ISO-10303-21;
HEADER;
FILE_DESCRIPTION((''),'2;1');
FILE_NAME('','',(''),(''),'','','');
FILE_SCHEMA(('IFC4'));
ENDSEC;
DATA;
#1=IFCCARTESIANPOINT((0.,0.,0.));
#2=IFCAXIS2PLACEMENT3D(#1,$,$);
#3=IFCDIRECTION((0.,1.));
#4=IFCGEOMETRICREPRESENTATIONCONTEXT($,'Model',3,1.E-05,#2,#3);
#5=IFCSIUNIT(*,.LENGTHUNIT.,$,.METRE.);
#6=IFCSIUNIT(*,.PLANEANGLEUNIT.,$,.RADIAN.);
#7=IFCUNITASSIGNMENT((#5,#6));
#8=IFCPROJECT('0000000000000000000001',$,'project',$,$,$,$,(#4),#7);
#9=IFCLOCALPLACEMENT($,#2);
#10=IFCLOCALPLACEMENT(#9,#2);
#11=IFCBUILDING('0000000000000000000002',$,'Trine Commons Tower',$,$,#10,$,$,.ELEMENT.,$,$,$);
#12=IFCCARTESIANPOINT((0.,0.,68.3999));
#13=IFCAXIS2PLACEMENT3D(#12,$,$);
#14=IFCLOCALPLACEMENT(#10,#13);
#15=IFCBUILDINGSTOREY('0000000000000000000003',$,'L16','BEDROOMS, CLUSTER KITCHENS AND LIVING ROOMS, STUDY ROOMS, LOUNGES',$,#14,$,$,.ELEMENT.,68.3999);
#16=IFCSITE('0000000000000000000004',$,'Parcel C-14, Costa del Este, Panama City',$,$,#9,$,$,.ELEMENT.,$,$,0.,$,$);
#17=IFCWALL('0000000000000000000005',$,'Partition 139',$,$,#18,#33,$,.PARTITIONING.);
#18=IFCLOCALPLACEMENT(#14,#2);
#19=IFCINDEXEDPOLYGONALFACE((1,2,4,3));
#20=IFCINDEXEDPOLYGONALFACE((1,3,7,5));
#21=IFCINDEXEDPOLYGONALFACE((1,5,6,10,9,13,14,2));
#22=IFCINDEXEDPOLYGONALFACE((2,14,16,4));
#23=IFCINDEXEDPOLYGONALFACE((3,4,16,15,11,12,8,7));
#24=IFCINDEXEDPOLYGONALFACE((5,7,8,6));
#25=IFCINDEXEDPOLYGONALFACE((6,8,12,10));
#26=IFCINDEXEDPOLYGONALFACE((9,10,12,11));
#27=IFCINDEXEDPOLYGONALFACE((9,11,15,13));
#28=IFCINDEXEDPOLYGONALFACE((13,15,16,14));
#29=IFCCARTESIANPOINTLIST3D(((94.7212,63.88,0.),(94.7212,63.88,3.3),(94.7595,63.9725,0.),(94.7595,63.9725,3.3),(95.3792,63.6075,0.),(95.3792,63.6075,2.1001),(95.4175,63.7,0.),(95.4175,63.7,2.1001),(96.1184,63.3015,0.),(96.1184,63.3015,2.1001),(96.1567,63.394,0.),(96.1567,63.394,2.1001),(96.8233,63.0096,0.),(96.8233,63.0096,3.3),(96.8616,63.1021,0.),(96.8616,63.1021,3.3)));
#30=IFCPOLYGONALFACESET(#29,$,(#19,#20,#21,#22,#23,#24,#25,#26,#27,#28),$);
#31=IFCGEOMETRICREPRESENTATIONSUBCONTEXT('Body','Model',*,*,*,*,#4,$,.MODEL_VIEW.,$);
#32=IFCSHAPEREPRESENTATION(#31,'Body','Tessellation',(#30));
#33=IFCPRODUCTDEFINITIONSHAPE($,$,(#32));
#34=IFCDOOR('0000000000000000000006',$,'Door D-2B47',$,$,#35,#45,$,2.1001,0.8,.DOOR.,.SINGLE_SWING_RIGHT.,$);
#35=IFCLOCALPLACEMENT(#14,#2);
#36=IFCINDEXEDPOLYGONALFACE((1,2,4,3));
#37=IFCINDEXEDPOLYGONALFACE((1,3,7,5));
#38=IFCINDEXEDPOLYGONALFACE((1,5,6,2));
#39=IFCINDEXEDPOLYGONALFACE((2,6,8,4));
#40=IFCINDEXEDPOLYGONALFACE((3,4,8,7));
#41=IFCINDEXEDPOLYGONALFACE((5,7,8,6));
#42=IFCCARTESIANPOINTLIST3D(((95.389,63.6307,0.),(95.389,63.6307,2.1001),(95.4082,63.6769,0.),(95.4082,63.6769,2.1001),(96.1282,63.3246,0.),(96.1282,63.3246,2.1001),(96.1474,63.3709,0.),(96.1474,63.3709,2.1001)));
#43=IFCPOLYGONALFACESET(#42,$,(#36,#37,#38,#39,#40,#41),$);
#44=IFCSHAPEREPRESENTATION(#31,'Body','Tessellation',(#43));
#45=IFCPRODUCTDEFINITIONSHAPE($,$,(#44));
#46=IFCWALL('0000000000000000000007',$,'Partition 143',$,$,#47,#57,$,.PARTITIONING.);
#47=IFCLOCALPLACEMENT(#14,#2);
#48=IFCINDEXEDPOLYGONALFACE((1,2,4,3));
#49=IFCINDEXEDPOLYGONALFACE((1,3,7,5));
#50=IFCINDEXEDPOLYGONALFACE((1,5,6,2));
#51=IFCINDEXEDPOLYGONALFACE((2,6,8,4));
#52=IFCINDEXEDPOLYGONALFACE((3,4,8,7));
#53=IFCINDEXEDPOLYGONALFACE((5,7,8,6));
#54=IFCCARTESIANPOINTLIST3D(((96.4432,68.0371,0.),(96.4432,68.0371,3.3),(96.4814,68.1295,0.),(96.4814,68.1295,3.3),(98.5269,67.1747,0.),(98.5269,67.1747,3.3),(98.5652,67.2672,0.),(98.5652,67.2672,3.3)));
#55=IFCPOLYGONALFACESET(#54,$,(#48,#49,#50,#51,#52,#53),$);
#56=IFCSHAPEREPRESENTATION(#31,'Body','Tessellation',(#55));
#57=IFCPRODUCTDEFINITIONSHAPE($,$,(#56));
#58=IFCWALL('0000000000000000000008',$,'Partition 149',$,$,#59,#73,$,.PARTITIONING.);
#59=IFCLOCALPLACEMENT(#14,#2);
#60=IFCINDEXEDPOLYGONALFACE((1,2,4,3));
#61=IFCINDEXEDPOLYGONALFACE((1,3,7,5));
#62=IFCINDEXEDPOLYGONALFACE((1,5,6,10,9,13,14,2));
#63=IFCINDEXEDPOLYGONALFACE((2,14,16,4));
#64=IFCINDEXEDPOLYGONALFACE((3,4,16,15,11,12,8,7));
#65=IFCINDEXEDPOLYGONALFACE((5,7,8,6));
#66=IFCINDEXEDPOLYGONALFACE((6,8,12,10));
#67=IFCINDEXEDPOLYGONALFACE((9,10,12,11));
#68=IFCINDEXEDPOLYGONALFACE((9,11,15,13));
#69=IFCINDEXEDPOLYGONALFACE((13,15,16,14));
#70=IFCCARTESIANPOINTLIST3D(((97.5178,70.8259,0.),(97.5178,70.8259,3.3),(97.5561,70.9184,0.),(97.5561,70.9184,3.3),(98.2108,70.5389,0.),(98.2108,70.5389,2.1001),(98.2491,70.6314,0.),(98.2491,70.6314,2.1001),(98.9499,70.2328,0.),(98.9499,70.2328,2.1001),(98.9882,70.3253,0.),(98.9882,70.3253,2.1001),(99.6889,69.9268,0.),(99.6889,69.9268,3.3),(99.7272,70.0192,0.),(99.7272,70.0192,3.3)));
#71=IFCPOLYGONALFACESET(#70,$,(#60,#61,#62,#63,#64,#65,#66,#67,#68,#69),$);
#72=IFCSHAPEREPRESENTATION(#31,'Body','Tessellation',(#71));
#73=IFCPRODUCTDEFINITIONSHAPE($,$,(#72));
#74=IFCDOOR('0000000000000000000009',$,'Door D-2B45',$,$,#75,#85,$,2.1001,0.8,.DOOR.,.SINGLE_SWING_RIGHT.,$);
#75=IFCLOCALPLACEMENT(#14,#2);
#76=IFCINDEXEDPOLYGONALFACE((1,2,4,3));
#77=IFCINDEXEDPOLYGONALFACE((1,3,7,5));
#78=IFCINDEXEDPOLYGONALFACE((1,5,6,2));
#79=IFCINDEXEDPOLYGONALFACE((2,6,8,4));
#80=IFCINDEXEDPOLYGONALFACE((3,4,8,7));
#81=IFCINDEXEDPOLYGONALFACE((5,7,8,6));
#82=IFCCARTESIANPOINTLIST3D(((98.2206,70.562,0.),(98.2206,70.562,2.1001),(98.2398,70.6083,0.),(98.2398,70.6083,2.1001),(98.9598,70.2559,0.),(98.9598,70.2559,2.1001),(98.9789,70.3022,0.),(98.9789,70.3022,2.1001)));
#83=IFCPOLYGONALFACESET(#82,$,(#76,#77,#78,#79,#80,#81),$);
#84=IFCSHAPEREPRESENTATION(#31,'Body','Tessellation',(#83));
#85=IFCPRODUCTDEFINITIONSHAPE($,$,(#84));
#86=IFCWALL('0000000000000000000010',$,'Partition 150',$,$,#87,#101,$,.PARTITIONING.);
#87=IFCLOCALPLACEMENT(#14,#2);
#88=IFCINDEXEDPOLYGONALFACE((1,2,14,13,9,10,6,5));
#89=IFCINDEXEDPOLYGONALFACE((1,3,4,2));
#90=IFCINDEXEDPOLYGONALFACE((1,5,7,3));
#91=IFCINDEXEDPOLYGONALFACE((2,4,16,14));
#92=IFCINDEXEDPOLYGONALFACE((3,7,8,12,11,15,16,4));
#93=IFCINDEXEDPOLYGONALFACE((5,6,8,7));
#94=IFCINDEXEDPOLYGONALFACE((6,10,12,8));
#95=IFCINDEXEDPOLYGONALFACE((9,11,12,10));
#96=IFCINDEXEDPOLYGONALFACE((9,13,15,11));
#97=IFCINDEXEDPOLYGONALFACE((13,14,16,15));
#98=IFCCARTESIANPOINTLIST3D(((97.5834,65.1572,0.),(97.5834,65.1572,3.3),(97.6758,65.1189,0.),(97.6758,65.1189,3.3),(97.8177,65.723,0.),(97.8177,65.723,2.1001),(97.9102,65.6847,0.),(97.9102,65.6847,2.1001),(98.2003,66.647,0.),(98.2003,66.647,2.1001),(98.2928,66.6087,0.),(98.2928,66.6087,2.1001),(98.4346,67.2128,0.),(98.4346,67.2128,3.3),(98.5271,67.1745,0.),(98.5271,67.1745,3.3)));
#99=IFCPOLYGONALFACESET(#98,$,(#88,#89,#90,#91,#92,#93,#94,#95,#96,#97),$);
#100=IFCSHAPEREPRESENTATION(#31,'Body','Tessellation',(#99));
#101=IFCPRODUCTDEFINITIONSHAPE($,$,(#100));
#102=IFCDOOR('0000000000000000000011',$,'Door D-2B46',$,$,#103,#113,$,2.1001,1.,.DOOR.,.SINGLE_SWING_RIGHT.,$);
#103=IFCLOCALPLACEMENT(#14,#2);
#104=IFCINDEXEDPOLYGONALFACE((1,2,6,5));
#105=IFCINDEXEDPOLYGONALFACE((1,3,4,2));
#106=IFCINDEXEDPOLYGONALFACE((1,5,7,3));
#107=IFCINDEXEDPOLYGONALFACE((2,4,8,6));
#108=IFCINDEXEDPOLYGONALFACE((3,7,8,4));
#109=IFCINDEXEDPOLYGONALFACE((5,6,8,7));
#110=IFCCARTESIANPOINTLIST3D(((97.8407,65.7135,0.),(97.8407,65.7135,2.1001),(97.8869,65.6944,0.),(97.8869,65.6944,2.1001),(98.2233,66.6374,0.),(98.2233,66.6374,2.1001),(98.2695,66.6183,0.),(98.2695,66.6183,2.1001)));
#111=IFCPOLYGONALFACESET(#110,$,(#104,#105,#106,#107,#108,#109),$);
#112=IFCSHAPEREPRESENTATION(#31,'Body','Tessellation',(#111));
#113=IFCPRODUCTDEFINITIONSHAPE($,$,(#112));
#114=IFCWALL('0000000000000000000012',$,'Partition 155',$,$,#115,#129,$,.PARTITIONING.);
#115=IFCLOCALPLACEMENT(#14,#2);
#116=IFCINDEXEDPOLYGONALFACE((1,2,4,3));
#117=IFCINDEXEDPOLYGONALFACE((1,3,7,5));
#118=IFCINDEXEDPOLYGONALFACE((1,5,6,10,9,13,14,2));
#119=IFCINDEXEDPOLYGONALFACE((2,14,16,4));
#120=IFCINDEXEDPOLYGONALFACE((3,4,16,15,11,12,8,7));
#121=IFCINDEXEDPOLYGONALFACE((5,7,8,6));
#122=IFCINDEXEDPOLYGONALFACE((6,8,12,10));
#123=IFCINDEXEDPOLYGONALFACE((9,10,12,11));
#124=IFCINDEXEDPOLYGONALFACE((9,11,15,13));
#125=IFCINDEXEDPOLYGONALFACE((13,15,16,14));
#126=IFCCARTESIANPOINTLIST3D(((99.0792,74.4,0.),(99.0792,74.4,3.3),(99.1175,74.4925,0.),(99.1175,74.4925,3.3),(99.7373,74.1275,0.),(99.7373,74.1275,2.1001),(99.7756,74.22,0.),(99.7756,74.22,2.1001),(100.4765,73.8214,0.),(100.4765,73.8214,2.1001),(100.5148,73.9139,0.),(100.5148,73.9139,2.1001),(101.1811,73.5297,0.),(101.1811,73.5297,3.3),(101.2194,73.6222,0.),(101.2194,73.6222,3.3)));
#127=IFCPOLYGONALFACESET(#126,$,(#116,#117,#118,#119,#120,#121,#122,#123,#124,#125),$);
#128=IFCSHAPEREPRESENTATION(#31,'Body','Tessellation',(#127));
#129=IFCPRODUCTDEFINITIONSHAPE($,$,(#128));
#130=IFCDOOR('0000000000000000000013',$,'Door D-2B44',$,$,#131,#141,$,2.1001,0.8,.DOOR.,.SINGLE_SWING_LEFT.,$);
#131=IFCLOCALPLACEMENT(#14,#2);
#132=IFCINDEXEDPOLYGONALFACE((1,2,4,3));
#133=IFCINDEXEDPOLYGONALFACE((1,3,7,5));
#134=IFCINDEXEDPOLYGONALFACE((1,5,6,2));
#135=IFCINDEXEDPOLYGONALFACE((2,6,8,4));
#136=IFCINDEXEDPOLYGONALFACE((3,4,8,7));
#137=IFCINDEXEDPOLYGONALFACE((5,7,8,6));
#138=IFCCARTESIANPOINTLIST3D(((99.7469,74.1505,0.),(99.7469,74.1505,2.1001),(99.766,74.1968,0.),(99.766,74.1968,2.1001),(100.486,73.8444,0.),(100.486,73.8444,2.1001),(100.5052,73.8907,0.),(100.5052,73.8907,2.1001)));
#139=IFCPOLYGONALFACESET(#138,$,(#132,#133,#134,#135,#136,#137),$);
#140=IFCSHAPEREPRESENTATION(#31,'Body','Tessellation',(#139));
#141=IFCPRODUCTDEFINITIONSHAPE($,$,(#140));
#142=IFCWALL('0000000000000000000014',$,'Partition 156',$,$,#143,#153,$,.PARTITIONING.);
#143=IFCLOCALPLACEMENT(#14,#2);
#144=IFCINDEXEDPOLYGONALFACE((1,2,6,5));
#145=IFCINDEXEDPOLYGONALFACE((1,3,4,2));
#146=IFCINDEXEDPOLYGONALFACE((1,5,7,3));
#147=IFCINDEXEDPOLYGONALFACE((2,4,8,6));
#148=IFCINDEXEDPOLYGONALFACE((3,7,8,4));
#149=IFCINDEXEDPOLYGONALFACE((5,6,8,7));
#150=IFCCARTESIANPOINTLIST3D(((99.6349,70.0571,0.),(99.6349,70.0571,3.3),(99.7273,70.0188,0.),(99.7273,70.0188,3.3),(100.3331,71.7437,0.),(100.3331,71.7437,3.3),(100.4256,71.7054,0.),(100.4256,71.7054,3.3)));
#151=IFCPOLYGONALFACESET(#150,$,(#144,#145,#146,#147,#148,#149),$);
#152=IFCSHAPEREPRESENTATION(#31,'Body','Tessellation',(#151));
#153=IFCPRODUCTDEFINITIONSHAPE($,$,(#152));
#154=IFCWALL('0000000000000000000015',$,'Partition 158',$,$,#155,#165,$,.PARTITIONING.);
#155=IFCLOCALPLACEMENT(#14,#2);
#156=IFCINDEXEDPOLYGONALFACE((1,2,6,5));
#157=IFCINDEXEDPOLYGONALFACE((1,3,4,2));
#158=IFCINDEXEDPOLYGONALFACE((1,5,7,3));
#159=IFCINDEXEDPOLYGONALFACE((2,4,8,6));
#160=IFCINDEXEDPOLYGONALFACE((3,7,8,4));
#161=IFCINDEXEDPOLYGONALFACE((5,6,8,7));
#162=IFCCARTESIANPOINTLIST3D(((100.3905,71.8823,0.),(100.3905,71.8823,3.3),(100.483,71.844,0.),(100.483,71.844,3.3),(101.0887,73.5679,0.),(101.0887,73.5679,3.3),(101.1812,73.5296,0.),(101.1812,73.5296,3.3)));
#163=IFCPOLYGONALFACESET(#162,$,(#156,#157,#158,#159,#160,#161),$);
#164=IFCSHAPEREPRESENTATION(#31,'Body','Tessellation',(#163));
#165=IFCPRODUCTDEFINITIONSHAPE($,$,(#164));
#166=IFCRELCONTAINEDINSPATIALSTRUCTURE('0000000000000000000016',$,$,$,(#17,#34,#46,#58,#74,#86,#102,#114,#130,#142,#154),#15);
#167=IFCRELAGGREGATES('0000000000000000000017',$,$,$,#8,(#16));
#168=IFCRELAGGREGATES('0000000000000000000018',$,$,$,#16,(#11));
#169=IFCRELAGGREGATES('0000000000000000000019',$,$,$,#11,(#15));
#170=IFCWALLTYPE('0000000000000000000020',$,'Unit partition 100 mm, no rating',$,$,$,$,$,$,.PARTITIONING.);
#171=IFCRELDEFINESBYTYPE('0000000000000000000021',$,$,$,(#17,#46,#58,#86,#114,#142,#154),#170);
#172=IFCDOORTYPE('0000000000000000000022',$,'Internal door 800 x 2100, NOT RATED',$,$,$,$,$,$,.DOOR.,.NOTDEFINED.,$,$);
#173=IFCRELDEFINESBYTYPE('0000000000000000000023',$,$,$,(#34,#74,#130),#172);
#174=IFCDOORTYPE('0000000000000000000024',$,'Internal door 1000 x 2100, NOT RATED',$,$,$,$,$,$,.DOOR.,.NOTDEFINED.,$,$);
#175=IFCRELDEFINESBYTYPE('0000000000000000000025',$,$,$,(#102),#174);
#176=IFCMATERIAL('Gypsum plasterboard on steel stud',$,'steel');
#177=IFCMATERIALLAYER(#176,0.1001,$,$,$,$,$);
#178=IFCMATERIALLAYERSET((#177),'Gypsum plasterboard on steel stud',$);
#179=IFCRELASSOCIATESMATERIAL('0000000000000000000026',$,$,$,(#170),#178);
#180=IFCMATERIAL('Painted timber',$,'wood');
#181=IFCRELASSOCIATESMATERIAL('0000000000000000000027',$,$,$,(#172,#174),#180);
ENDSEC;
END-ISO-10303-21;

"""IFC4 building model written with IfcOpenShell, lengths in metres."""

from ifc_helpers import new_model, si_unit, direction, frame, frame_2d, origin, place, context, subcontext, project, spatial, rectangle, extrude, material, layer, layer_set, type_object, element, fill, save


model = new_model("IFC4")

# Units and contexts
model_context = context("Model", 3, precision=1e-05, world=origin(), true_north=direction((0.0, 1.0)))
body_context = subcontext(model_context, "Body", "Model", "MODEL_VIEW")
ifc_project = project(units=[si_unit("LENGTHUNIT", "METRE"), si_unit("PLANEANGLEUNIT", "RADIAN")], contexts=[model_context])

# Site, building, storey
site_placement = place(None, origin())
site = spatial("IfcSite", under=ifc_project, at=site_placement, Name="Parcel C-14, Costa del Este, Panama City", CompositionType="ELEMENT", RefElevation=0.0)
building_placement = place(site_placement, origin())
building = spatial("IfcBuilding", under=site, at=building_placement, Name="Trine Commons Tower", CompositionType="ELEMENT")
storey_placement = place(building_placement, frame((0.0, 0.0, 68.3999)))
storey = spatial("IfcBuildingStorey", under=building, at=storey_placement, Name="L16", Description="BEDROOMS, CLUSTER KITCHENS AND LIVING ROOMS, STUDY ROOMS, LOUNGES", CompositionType="ELEMENT", Elevation=68.3999)

# Shared definitions
ifc_material_1 = material(Name="Gypsum plasterboard on steel stud", Category="steel")

# Wall, opening, door
ifc_layer_1 = layer(ifc_material_1, 0.1001)
ifc_layer_set_1 = layer_set([ifc_layer_1], Name="Gypsum plasterboard on steel stud")
wall_type_1 = type_object("IfcWallType", Name="Unit partition 100 mm, no rating", PredefinedType="PARTITIONING", material=ifc_layer_set_1)
wall_1_placement = place(storey_placement, frame((94.7402, 63.9263, 0.0), z_axis=(0.0, 0.0, 1.0), x_axis=(0.923932, -0.382557, 0.0)))
wall_1 = element("IfcWall", 1, at=wall_1_placement, inside=storey, type_object=wall_type_1, Name="Partition 139", PredefinedType="PARTITIONING", context=body_context, shape_type="SweptSolid", body=[
    extrude(rectangle(XDim=2.2751, YDim=0.1001, at=frame_2d((1.1377, 0.0))), origin(), (0.0, 0.0, 1.0), 3.3),
])
opening_1_placement = place(wall_1_placement, frame((0.7124, 0.0, 0.0)))
opening_1 = element("IfcOpeningElement", 2, at=opening_1_placement, cuts=wall_1, PredefinedType="OPENING", context=body_context, shape_type="SweptSolid", body=[
    extrude(rectangle(XDim=0.8, YDim=2.1001, at=frame_2d((0.3999, 1.05))), frame((0.0, 0.0601, 0.0), z_axis=(0.0, -1.0, 0.0), x_axis=(1.0, 0.0, 0.0)), (0.0, 0.0, 1.0), 0.1201),
])
ifc_material_2 = material(Name="Painted timber", Category="wood")
door_type_1 = type_object("IfcDoorType", Name="Internal door 800 x 2100, NOT RATED", OperationType="NOTDEFINED", PredefinedType="DOOR", material=ifc_material_2)
door_1_placement = place(opening_1_placement, frame((0.8, 0.0, 0.0), z_axis=(0.0, 0.0, 1.0), x_axis=(-1.0, 0.0, 0.0)))
door_1 = element("IfcDoor", 3, at=door_1_placement, inside=storey, type_object=door_type_1, Name="Door D-2B47", OperationType="SINGLE_SWING_RIGHT", OverallHeight=2.1001, OverallWidth=0.8, PredefinedType="DOOR", context=body_context, shape_type="SweptSolid", body=[
    extrude(rectangle(XDim=0.8, YDim=2.1001, at=frame_2d((0.3999, 1.05))), frame((0.0, 0.0249, 0.0), z_axis=(0.0, -1.0, 0.0), x_axis=(1.0, 0.0, 0.0)), (0.0, 0.0, 1.0), 0.05),
])
fill(opening_1, door_1)

# Wall
wall_2_placement = place(storey_placement, frame((96.4624, 68.0833, 0.0), z_axis=(0.0, 0.0, 1.0), x_axis=(0.924006, -0.382377, 0.0)))
element("IfcWall", 4, at=wall_2_placement, inside=storey, type_object=wall_type_1, Name="Partition 143", PredefinedType="PARTITIONING", context=body_context, shape_type="SweptSolid", body=[
    extrude(rectangle(XDim=2.2551, YDim=0.1001, at=frame_2d((1.1274, 0.0))), origin(), (0.0, 0.0, 1.0), 3.3),
])

# Walls, openings, doors
wall_3_placement = place(storey_placement, frame((97.5371, 70.8721, 0.0), z_axis=(0.0, 0.0, 1.0), x_axis=(0.923902, -0.38263, 0.0)))
wall_3 = element("IfcWall", 5, at=wall_3_placement, inside=storey, type_object=wall_type_1, Name="Partition 149", PredefinedType="PARTITIONING", context=body_context, shape_type="SweptSolid", body=[
    extrude(rectangle(XDim=2.3499, YDim=0.1001, at=frame_2d((1.1748, 0.0))), origin(), (0.0, 0.0, 1.0), 3.3),
])
opening_2_placement = place(wall_3_placement, frame((0.75, 0.0, 0.0)))
opening_2 = element("IfcOpeningElement", 6, at=opening_2_placement, cuts=wall_3, PredefinedType="OPENING", context=body_context, shape_type="SweptSolid", body=[
    extrude(rectangle(XDim=0.8, YDim=2.1001, at=frame_2d((0.3999, 1.05))), frame((0.0, 0.0601, 0.0), z_axis=(0.0, -1.0, 0.0), x_axis=(1.0, 0.0, 0.0)), (0.0, 0.0, 1.0), 0.1201),
])
door_2_placement = place(opening_2_placement, frame((0.8, 0.0, 0.0), z_axis=(0.0, 0.0, 1.0), x_axis=(-1.0, 0.0, 0.0)))
door_2 = element("IfcDoor", 7, at=door_2_placement, inside=storey, type_object=door_type_1, Name="Door D-2B45", OperationType="SINGLE_SWING_RIGHT", OverallHeight=2.1001, OverallWidth=0.8, PredefinedType="DOOR", context=body_context, shape_type="SweptSolid", body=[
    extrude(rectangle(XDim=0.8, YDim=2.1001, at=frame_2d((0.3999, 1.05))), frame((0.0, 0.0249, 0.0), z_axis=(0.0, -1.0, 0.0), x_axis=(1.0, 0.0, 0.0)), (0.0, 0.0, 1.0), 0.05),
])
fill(opening_2, door_2)
wall_4_placement = place(storey_placement, frame((97.6296, 65.1382, 0.0), z_axis=(0.0, 0.0, 1.0), x_axis=(0.38262, 0.923906, 0.0)))
wall_4 = element("IfcWall", 8, at=wall_4_placement, inside=storey, type_object=wall_type_1, Name="Partition 150", PredefinedType="PARTITIONING", context=body_context, shape_type="SweptSolid", body=[
    extrude(rectangle(XDim=2.2249, YDim=0.1001, at=frame_2d((1.1123, 0.0))), origin(), (0.0, 0.0, 1.0), 3.3),
])
opening_3_placement = place(wall_4_placement, frame((0.6123, 0.0, 0.0)))
opening_3 = element("IfcOpeningElement", 9, at=opening_3_placement, cuts=wall_4, PredefinedType="OPENING", context=body_context, shape_type="SweptSolid", body=[
    extrude(rectangle(XDim=1.0, YDim=2.1001, at=frame_2d((0.5, 1.05))), frame((0.0, 0.0601, 0.0), z_axis=(0.0, -1.0, 0.0), x_axis=(1.0, 0.0, 0.0)), (0.0, 0.0, 1.0), 0.1201),
])
door_type_2 = type_object("IfcDoorType", Name="Internal door 1000 x 2100, NOT RATED", OperationType="NOTDEFINED", PredefinedType="DOOR", material=ifc_material_2)
door_3_placement = place(opening_3_placement, frame((1.0, 0.0, 0.0), z_axis=(0.0, 0.0, 1.0), x_axis=(-1.0, 0.0, 0.0)))
door_3 = element("IfcDoor", 10, at=door_3_placement, inside=storey, type_object=door_type_2, Name="Door D-2B46", OperationType="SINGLE_SWING_RIGHT", OverallHeight=2.1001, OverallWidth=1.0, PredefinedType="DOOR", context=body_context, shape_type="SweptSolid", body=[
    extrude(rectangle(XDim=1.0, YDim=2.1001, at=frame_2d((0.5, 1.05))), frame((0.0, 0.0249, 0.0), z_axis=(0.0, -1.0, 0.0), x_axis=(1.0, 0.0, 0.0)), (0.0, 0.0, 1.0), 0.05),
])
fill(opening_3, door_3)
wall_5_placement = place(storey_placement, frame((99.0984, 74.4463, 0.0), z_axis=(0.0, 0.0, 1.0), x_axis=(0.923916, -0.382595, 0.0)))
wall_5 = element("IfcWall", 11, at=wall_5_placement, inside=storey, type_object=wall_type_1, Name="Partition 155", PredefinedType="PARTITIONING", context=body_context, shape_type="SweptSolid", body=[
    extrude(rectangle(XDim=2.2749, YDim=0.1001, at=frame_2d((1.1375, 0.0))), origin(), (0.0, 0.0, 1.0), 3.3),
])
opening_4_placement = place(wall_5_placement, frame((0.7124, 0.0, 0.0)))
opening_4 = element("IfcOpeningElement", 12, at=opening_4_placement, cuts=wall_5, PredefinedType="OPENING", context=body_context, shape_type="SweptSolid", body=[
    extrude(rectangle(XDim=0.8, YDim=2.1001, at=frame_2d((0.3999, 1.05))), frame((0.0, 0.0601, 0.0), z_axis=(0.0, -1.0, 0.0), x_axis=(1.0, 0.0, 0.0)), (0.0, 0.0, 1.0), 0.1201),
])
door_4_placement = place(opening_4_placement, origin())
door_4 = element("IfcDoor", 13, at=door_4_placement, inside=storey, type_object=door_type_1, Name="Door D-2B44", OperationType="SINGLE_SWING_LEFT", OverallHeight=2.1001, OverallWidth=0.8, PredefinedType="DOOR", context=body_context, shape_type="SweptSolid", body=[
    extrude(rectangle(XDim=0.8, YDim=2.1001, at=frame_2d((0.3999, 1.05))), frame((0.0, 0.0249, 0.0), z_axis=(0.0, -1.0, 0.0), x_axis=(1.0, 0.0, 0.0)), (0.0, 0.0, 1.0), 0.05),
])
fill(opening_4, door_4)

# Walls
wall_6_placement = place(storey_placement, frame((99.6812, 70.0381, 0.0), z_axis=(0.0, 0.0, 1.0), x_axis=(0.382525, 0.923945, 0.0)))
element("IfcWall", 14, at=wall_6_placement, inside=storey, type_object=wall_type_1, Name="Partition 156", PredefinedType="PARTITIONING", context=body_context, shape_type="SweptSolid", body=[
    extrude(rectangle(XDim=1.8254, YDim=0.1001, at=frame_2d((0.9126, 0.0))), origin(), (0.0, 0.0, 1.0), 3.3),
])
wall_7_placement = place(storey_placement, frame((100.4368, 71.8633, 0.0), z_axis=(0.0, 0.0, 1.0), x_axis=(0.382714, 0.923867, 0.0)))
element("IfcWall", 15, at=wall_7_placement, inside=storey, type_object=wall_type_1, Name="Partition 158", PredefinedType="PARTITIONING", context=body_context, shape_type="SweptSolid", body=[
    extrude(rectangle(XDim=1.8245, YDim=0.1001, at=frame_2d((0.9121, 0.0))), origin(), (0.0, 0.0, 1.0), 3.3),
])

save(model, "model.ifc")
